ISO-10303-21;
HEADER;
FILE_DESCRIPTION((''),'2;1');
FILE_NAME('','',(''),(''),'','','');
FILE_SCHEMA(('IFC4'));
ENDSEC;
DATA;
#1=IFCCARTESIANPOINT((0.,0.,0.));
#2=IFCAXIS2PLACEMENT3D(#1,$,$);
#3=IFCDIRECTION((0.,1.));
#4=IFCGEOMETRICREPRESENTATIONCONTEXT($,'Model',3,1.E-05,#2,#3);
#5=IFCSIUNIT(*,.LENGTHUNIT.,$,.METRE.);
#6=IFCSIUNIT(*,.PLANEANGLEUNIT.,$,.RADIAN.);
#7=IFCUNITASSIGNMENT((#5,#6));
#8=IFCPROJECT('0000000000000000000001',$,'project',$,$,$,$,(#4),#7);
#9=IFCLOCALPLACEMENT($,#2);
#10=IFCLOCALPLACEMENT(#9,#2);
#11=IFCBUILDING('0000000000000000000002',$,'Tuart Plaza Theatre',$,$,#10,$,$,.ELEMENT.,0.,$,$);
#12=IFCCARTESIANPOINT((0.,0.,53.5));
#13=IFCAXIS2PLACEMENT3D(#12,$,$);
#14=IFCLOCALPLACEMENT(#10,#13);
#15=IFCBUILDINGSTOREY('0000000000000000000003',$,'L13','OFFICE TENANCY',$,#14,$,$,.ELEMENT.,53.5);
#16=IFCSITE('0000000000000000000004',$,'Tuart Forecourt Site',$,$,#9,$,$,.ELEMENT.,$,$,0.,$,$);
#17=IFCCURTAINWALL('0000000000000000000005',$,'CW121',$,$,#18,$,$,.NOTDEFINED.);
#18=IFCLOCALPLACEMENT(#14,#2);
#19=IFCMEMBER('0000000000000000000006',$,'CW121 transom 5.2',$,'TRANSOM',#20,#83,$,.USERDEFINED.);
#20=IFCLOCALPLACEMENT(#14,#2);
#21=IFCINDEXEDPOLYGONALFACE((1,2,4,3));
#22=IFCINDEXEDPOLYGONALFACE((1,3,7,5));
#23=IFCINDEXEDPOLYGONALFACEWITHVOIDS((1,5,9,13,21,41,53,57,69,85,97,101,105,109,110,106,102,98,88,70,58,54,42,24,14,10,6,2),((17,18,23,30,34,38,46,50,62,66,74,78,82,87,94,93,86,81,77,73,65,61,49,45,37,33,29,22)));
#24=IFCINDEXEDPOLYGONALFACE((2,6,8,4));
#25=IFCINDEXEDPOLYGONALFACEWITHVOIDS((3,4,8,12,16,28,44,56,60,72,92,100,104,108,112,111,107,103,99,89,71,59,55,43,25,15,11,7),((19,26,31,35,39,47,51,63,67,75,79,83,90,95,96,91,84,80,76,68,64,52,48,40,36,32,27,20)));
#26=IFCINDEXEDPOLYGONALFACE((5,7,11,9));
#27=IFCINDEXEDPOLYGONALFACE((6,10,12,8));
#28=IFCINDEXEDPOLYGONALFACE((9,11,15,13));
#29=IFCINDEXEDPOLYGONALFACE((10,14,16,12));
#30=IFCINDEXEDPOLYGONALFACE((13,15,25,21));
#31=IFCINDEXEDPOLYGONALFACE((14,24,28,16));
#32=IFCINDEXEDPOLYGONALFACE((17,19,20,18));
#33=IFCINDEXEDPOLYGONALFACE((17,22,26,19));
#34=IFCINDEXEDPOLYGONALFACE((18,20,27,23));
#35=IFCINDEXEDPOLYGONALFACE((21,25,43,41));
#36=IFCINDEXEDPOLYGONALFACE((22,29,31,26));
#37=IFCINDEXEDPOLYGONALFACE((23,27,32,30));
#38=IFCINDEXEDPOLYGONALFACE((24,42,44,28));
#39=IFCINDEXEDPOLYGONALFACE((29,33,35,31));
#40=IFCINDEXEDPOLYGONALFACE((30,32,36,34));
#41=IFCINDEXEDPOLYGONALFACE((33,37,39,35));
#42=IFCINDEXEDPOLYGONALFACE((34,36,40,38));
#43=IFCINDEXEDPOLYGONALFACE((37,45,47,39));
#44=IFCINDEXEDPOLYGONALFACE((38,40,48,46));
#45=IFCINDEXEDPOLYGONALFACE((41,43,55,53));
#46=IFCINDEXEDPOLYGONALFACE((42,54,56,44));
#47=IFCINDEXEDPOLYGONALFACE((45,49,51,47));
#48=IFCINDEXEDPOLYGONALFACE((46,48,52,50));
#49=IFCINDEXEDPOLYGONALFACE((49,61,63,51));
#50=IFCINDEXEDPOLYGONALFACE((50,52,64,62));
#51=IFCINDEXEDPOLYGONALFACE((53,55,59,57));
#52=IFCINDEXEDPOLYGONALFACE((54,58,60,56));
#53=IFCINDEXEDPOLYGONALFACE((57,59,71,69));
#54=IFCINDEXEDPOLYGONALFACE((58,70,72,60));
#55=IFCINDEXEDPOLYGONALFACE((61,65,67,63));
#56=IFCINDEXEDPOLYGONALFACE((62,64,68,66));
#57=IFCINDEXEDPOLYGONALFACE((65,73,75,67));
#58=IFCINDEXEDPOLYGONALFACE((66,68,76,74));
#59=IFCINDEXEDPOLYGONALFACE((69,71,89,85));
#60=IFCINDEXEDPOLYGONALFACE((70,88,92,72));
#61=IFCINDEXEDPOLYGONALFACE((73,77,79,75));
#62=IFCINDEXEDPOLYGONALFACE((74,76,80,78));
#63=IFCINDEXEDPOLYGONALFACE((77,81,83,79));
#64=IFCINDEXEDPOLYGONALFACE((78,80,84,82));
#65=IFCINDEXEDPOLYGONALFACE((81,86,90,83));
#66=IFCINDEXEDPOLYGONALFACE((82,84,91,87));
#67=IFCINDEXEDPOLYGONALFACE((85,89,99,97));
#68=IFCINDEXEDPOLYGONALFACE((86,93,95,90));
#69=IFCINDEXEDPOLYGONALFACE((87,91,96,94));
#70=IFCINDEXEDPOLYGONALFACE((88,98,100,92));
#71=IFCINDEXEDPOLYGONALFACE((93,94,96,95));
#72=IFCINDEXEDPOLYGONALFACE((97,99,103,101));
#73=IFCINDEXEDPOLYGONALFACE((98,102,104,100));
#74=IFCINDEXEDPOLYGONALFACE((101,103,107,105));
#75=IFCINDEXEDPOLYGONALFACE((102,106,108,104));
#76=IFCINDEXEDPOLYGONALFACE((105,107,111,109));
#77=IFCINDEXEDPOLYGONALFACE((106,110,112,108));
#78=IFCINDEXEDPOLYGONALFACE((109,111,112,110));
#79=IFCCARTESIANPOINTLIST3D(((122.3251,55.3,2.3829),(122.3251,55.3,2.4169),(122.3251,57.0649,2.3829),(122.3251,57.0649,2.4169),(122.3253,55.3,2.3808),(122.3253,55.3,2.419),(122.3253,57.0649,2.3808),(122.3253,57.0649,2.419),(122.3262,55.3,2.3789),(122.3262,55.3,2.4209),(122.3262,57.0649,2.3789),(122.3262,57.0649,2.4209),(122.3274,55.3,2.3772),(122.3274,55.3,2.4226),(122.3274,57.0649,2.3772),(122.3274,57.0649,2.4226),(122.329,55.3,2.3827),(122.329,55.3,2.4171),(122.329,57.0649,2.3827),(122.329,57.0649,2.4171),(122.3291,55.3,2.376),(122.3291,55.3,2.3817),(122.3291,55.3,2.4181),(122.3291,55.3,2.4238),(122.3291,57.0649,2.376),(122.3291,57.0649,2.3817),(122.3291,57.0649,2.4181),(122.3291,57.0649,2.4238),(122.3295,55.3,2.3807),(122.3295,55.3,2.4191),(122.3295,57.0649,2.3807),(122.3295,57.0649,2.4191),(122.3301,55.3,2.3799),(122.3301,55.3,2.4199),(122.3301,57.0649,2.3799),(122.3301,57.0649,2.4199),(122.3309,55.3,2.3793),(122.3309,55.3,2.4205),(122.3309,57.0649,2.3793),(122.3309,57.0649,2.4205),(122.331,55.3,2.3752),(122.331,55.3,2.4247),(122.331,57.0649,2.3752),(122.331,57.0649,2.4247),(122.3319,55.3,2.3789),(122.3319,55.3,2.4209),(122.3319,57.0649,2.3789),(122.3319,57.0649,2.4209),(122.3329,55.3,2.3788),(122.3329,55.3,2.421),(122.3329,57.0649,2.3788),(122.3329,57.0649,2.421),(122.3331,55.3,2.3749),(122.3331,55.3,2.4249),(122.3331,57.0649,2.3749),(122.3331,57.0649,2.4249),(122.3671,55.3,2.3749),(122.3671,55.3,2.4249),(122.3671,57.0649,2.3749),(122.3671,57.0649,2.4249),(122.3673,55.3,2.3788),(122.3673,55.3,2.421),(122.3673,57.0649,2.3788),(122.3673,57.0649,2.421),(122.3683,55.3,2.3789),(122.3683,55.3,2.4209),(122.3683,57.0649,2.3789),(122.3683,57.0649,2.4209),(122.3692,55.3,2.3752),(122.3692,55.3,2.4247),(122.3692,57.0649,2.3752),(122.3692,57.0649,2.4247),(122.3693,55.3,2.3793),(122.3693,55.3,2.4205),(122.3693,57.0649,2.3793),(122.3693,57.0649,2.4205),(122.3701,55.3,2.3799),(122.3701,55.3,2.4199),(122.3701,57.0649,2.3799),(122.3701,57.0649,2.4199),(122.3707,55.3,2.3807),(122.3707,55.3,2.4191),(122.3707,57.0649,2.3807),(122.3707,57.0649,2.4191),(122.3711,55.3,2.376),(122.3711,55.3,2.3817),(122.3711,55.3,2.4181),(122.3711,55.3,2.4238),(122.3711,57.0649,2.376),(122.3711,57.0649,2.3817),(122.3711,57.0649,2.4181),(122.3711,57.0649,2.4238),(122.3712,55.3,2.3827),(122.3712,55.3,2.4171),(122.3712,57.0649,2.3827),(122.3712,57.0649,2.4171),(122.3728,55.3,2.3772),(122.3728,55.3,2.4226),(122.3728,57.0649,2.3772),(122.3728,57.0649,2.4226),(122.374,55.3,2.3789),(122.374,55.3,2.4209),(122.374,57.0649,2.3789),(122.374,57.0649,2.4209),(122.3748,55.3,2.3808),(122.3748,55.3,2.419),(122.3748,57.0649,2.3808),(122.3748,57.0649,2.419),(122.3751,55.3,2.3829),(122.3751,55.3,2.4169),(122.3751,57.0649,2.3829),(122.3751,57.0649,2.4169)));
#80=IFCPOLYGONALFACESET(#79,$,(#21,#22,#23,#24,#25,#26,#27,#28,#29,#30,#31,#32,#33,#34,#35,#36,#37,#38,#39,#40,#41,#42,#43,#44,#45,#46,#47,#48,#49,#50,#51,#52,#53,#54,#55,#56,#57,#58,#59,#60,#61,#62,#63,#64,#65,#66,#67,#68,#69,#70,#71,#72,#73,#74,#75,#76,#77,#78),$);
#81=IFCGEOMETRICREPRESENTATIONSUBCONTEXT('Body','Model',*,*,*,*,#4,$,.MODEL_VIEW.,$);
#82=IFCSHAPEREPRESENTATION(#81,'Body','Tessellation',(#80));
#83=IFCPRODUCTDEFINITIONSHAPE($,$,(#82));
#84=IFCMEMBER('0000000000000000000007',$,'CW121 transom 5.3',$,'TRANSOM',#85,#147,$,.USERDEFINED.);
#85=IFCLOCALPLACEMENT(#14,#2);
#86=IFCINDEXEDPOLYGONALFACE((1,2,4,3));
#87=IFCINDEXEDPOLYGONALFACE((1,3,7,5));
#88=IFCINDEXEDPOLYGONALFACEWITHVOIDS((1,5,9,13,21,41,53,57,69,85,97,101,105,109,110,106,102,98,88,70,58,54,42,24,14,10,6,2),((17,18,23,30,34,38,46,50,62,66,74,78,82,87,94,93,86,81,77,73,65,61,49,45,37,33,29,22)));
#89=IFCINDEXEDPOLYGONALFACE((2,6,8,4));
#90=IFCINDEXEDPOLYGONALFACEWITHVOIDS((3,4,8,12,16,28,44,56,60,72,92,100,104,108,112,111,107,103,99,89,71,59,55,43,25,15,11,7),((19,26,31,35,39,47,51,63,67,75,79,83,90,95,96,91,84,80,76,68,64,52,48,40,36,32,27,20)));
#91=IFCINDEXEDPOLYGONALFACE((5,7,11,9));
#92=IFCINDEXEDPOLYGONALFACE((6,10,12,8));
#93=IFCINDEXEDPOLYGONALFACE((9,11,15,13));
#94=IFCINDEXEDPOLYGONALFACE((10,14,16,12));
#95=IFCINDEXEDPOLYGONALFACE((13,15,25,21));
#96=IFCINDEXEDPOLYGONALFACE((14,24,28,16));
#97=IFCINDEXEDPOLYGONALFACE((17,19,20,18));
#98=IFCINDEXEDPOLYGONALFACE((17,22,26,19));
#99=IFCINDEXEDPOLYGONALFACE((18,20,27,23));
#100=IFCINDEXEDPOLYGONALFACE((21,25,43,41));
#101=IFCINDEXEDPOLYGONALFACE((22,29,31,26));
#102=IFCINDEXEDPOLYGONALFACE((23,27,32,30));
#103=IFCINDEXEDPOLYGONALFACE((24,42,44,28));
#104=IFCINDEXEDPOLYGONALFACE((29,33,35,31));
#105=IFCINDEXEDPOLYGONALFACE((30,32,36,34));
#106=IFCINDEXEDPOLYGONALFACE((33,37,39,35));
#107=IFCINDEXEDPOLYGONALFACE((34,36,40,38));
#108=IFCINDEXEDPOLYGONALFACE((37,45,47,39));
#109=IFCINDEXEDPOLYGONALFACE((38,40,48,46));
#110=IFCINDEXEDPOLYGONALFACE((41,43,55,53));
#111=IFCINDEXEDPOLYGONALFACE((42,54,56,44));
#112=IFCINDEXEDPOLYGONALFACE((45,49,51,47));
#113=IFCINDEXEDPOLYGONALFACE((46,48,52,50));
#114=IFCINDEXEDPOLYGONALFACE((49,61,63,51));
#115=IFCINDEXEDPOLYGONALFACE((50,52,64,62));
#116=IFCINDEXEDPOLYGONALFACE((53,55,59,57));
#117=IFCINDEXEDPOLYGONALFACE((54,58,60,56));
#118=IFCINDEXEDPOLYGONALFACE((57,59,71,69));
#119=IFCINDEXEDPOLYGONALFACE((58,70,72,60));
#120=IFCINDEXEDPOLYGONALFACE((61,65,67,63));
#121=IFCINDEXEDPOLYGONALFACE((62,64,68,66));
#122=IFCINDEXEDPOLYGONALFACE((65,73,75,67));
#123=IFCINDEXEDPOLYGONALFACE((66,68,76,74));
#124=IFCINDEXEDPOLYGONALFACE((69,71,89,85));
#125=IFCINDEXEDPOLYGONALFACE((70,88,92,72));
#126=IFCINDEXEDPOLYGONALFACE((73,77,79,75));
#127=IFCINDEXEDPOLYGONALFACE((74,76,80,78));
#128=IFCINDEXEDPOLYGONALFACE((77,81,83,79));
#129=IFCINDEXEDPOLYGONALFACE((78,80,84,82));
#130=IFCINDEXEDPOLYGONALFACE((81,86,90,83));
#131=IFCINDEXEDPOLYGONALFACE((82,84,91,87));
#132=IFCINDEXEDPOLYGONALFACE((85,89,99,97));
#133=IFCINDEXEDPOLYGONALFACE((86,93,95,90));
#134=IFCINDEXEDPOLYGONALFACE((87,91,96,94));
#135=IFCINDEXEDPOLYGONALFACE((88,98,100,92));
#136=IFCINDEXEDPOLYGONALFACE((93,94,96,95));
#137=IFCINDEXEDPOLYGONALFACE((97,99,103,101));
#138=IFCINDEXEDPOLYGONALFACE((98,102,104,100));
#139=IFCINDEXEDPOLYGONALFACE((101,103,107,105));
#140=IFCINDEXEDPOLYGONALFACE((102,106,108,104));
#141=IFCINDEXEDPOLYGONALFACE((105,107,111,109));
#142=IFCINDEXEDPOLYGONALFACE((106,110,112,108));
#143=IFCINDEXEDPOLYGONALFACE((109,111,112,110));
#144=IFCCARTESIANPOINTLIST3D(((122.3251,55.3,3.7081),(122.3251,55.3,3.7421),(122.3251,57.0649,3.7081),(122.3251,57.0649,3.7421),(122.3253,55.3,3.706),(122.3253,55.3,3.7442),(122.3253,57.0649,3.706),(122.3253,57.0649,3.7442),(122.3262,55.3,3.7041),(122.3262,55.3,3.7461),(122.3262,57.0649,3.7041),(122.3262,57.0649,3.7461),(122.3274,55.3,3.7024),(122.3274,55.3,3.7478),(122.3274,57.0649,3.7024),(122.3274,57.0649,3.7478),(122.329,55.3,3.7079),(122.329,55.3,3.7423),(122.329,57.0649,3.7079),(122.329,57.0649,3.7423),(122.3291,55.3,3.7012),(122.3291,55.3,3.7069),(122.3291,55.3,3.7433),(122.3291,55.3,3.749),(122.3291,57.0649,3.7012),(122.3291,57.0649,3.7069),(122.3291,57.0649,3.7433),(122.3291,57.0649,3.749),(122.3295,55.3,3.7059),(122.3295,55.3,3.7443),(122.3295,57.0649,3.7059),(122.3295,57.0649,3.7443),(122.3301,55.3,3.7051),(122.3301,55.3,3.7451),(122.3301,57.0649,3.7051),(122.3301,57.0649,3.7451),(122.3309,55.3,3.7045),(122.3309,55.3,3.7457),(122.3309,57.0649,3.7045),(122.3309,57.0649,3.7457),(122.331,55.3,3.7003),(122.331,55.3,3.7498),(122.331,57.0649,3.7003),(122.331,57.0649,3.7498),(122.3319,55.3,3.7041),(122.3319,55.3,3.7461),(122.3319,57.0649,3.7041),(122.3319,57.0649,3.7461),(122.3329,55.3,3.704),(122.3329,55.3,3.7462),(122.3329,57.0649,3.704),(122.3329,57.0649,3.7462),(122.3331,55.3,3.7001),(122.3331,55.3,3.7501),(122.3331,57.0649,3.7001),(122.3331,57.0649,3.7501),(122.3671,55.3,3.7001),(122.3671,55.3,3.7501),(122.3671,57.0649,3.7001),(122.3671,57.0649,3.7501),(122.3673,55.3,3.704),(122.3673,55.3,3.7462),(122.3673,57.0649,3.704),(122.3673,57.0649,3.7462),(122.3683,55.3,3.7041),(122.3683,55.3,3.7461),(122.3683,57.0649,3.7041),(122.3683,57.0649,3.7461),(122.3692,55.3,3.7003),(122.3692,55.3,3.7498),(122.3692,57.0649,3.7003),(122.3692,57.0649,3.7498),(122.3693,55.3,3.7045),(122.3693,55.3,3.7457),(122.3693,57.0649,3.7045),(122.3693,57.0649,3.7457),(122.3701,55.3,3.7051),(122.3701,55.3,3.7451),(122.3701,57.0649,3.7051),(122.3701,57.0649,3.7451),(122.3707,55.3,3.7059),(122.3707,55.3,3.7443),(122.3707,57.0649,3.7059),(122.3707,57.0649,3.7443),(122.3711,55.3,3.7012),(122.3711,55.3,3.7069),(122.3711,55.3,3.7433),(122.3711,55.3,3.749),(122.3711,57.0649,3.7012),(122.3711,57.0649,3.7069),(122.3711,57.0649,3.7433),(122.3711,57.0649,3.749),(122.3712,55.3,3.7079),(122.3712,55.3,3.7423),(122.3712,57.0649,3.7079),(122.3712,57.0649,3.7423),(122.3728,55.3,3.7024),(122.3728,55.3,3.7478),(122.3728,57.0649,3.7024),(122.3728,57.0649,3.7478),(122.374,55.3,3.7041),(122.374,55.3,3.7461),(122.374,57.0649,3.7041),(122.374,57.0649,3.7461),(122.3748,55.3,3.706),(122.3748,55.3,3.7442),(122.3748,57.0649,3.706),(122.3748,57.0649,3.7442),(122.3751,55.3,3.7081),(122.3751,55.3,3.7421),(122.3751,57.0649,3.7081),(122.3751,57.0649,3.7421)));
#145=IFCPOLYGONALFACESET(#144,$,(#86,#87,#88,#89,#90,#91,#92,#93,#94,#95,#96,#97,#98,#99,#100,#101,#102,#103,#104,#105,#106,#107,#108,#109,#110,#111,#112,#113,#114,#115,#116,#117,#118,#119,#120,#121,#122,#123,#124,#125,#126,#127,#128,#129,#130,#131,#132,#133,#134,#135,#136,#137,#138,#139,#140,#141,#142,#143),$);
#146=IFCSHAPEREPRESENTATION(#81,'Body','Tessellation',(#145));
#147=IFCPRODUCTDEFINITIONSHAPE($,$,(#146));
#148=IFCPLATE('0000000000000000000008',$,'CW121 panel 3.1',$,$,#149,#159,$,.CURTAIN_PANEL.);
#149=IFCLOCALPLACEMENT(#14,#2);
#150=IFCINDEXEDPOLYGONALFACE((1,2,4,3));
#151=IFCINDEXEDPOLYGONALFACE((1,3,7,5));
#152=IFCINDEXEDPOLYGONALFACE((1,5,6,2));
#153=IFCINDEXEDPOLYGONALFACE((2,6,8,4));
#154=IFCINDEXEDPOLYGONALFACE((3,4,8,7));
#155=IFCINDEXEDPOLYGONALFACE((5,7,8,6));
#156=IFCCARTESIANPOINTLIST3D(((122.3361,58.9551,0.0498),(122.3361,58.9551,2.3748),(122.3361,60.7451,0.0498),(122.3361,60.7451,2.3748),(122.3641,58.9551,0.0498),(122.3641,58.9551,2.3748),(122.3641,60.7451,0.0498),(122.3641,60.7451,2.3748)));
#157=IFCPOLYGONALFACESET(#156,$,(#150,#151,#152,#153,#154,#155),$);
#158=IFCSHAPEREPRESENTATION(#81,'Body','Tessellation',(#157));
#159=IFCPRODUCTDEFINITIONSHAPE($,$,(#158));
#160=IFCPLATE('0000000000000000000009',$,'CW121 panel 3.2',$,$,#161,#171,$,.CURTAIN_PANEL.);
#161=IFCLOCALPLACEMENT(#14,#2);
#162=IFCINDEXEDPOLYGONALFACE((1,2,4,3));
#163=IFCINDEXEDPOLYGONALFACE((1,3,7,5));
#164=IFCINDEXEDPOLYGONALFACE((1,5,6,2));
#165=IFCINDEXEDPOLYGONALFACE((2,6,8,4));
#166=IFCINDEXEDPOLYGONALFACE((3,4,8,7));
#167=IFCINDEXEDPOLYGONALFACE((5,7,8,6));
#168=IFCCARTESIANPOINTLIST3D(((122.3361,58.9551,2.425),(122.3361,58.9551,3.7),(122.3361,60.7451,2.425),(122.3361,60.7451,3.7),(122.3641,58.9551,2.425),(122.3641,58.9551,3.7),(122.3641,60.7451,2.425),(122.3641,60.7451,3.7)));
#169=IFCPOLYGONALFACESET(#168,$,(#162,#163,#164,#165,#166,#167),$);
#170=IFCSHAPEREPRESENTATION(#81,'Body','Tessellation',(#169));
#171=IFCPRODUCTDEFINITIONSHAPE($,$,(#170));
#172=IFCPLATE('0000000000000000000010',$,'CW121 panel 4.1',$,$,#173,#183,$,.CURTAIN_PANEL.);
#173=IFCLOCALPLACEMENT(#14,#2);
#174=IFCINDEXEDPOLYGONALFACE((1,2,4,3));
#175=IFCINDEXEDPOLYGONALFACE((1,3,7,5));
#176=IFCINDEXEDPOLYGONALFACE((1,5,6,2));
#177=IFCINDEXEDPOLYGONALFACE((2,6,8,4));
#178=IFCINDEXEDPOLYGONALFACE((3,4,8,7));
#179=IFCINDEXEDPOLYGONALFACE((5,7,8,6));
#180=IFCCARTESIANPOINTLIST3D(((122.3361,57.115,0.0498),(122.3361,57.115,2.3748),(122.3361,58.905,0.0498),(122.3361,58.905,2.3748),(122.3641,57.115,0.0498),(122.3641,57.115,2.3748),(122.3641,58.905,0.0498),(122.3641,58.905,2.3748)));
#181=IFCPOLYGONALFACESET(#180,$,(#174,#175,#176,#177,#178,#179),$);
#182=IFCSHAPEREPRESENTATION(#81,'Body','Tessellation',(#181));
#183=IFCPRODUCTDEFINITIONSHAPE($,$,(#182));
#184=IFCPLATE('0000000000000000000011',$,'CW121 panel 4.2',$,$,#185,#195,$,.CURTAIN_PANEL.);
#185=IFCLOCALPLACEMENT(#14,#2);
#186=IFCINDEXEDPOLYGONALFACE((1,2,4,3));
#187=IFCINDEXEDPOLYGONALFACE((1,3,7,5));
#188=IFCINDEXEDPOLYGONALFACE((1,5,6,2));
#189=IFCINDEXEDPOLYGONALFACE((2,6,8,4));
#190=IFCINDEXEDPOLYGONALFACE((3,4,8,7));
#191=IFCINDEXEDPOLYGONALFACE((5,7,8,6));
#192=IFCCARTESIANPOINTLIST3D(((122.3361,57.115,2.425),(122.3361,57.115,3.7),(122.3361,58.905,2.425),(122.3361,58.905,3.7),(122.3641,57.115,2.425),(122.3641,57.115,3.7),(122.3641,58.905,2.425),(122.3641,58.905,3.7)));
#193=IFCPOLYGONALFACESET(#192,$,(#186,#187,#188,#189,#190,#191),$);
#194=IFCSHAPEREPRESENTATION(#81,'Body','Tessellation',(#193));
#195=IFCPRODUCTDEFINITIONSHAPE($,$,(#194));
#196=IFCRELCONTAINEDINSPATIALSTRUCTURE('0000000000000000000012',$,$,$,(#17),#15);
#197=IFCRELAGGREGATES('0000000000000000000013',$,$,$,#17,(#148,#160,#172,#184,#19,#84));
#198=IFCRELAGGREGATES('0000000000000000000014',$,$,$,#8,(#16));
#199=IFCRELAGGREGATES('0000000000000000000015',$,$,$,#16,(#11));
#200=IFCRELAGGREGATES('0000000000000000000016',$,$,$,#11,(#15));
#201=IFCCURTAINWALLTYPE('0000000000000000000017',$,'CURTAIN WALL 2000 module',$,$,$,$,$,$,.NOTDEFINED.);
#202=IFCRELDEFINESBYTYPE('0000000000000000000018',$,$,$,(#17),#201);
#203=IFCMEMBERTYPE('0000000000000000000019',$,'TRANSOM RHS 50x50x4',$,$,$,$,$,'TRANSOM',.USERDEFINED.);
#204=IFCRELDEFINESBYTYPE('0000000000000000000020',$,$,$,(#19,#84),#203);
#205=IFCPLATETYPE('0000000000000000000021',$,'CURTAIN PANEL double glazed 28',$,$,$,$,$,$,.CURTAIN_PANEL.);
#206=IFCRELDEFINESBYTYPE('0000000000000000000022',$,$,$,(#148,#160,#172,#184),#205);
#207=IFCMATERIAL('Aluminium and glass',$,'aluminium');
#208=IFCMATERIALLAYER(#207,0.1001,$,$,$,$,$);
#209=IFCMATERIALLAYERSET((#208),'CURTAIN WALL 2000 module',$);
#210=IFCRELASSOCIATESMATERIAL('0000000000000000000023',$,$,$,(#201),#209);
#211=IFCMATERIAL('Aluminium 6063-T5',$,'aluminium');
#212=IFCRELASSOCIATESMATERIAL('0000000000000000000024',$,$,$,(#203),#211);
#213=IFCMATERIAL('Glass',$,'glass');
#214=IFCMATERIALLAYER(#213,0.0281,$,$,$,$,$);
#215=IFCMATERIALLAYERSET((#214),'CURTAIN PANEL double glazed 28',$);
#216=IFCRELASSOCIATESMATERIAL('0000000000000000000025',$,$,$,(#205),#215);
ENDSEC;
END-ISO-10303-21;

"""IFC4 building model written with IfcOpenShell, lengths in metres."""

from ifc_helpers import new_model, si_unit, direction, frame, origin, origin_2d, place, context, subcontext, project, spatial, rectangle, hollow_rectangle, extrude, material, layer, layer_set, material_profile, profile_set, type_object, element, aggregate, save


model = new_model("IFC4")

# Units and contexts
model_context = context("Model", 3, precision=1e-05, world=origin(), true_north=direction((0.0, 1.0)))
body_context = subcontext(model_context, "Body", "Model", "MODEL_VIEW")
ifc_project = project(units=[si_unit("LENGTHUNIT", "METRE"), si_unit("PLANEANGLEUNIT", "RADIAN")], contexts=[model_context])

# Site, building, storey
site_placement = place(None, origin())
site = spatial("IfcSite", under=ifc_project, at=site_placement, Name="Tuart Forecourt Site", CompositionType="ELEMENT", RefElevation=0.0)
building_placement = place(site_placement, origin())
building = spatial("IfcBuilding", under=site, at=building_placement, Name="Tuart Plaza Theatre", CompositionType="ELEMENT", ElevationOfRefHeight=0.0)
storey_placement = place(building_placement, frame((0.0, 0.0, 53.5)))
storey = spatial("IfcBuildingStorey", under=building, at=storey_placement, Name="L13", Description="OFFICE TENANCY", CompositionType="ELEMENT", Elevation=53.5)

# Curtain wall
ifc_material_1 = material(Name="Aluminium and glass", Category="aluminium")
ifc_layer_1 = layer(ifc_material_1, 0.1001)
ifc_layer_set_1 = layer_set([ifc_layer_1], Name="CURTAIN WALL 2000 module")
curtain_wall_type = type_object("IfcCurtainWallType", Name="CURTAIN WALL 2000 module", PredefinedType="NOTDEFINED", material=ifc_layer_set_1)
curtain_wall_1_placement = place(storey_placement, origin())
curtain_wall_1 = element("IfcCurtainWall", 1, at=curtain_wall_1_placement, inside=storey, type_object=curtain_wall_type, Name="CW121", PredefinedType="NOTDEFINED")

# Members
ifc_material_2 = material(Name="Aluminium 6063-T5", Category="aluminium")
ifc_material_profile_1 = material_profile(ifc_material_2, hollow_rectangle(XDim=0.05, YDim=0.05, WallThickness=0.0039, InnerFilletRadius=0.0039, OuterFilletRadius=0.0081, at=origin_2d()), Name="RHS 50x50x4")
ifc_profile_set_1 = profile_set([ifc_material_profile_1], Name="Aluminium 6063-T5")
member_type_1 = type_object("IfcMemberType", Name="TRANSOM RHS 50x50x4", ElementType="TRANSOM", PredefinedType="USERDEFINED", material=ifc_profile_set_1)
member_1_placement = place(storey_placement, frame((122.3501, 57.0649, 2.3999), z_axis=(0.0, -1.0, 0.0), x_axis=(1.0, 0.0, 0.0)))
member_1 = element("IfcMember", 2, at=member_1_placement, type_object=member_type_1, Name="CW121 transom 5.2", ObjectType="TRANSOM", PredefinedType="USERDEFINED", context=body_context, shape_type="SweptSolid", body=[
    extrude(hollow_rectangle(XDim=0.05, YDim=0.05, WallThickness=0.0039, InnerFilletRadius=0.0039, OuterFilletRadius=0.0081, at=origin_2d()), origin(), (0.0, 0.0, 1.0), 1.7649),
])
member_2_placement = place(storey_placement, frame((122.3501, 57.0649, 3.7251), z_axis=(0.0, -1.0, 0.0), x_axis=(1.0, 0.0, 0.0)))
member_2 = element("IfcMember", 3, at=member_2_placement, type_object=member_type_1, Name="CW121 transom 5.3", ObjectType="TRANSOM", PredefinedType="USERDEFINED", context=body_context, shape_type="SweptSolid", body=[
    extrude(hollow_rectangle(XDim=0.05, YDim=0.05, WallThickness=0.0039, InnerFilletRadius=0.0039, OuterFilletRadius=0.0081, at=origin_2d()), origin(), (0.0, 0.0, 1.0), 1.7649),
])

# Plates
ifc_material_3 = material(Name="Glass", Category="glass")
ifc_layer_2 = layer(ifc_material_3, 0.0281)
ifc_layer_set_2 = layer_set([ifc_layer_2], Name="CURTAIN PANEL double glazed 28")
plate_type = type_object("IfcPlateType", Name="CURTAIN PANEL double glazed 28", PredefinedType="CURTAIN_PANEL", material=ifc_layer_set_2)
plate_1_placement = place(storey_placement, frame((122.3501, 59.8501, 0.0498), z_axis=(0.0, 0.0, 1.0), x_axis=(0.0, -1.0, 0.0)))
plate_1 = element("IfcPlate", 4, at=plate_1_placement, type_object=plate_type, Name="CW121 panel 3.1", PredefinedType="CURTAIN_PANEL", context=body_context, shape_type="SweptSolid", body=[
    extrude(rectangle(XDim=1.79, YDim=0.0281, at=origin_2d()), origin(), (0.0, 0.0, 1.0), 2.325),
])
plate_2_placement = place(storey_placement, frame((122.3501, 59.8501, 2.425), z_axis=(0.0, 0.0, 1.0), x_axis=(0.0, -1.0, 0.0)))
plate_2 = element("IfcPlate", 5, at=plate_2_placement, type_object=plate_type, Name="CW121 panel 3.2", PredefinedType="CURTAIN_PANEL", context=body_context, shape_type="SweptSolid", body=[
    extrude(rectangle(XDim=1.79, YDim=0.0281, at=origin_2d()), origin(), (0.0, 0.0, 1.0), 1.2749),
])
plate_3_placement = place(storey_placement, frame((122.3501, 58.01, 0.0498), z_axis=(0.0, 0.0, 1.0), x_axis=(0.0, -1.0, 0.0)))
plate_3 = element("IfcPlate", 6, at=plate_3_placement, type_object=plate_type, Name="CW121 panel 4.1", PredefinedType="CURTAIN_PANEL", context=body_context, shape_type="SweptSolid", body=[
    extrude(rectangle(XDim=1.79, YDim=0.0281, at=origin_2d()), origin(), (0.0, 0.0, 1.0), 2.325),
])
plate_4_placement = place(storey_placement, frame((122.3501, 58.01, 2.425), z_axis=(0.0, 0.0, 1.0), x_axis=(0.0, -1.0, 0.0)))
plate_4 = element("IfcPlate", 7, at=plate_4_placement, type_object=plate_type, Name="CW121 panel 4.2", PredefinedType="CURTAIN_PANEL", context=body_context, shape_type="SweptSolid", body=[
    extrude(rectangle(XDim=1.79, YDim=0.0281, at=origin_2d()), origin(), (0.0, 0.0, 1.0), 1.2749),
])
aggregate(curtain_wall_1, [plate_1, plate_2, plate_3, plate_4, member_1, member_2])

save(model, "model.ifc")
